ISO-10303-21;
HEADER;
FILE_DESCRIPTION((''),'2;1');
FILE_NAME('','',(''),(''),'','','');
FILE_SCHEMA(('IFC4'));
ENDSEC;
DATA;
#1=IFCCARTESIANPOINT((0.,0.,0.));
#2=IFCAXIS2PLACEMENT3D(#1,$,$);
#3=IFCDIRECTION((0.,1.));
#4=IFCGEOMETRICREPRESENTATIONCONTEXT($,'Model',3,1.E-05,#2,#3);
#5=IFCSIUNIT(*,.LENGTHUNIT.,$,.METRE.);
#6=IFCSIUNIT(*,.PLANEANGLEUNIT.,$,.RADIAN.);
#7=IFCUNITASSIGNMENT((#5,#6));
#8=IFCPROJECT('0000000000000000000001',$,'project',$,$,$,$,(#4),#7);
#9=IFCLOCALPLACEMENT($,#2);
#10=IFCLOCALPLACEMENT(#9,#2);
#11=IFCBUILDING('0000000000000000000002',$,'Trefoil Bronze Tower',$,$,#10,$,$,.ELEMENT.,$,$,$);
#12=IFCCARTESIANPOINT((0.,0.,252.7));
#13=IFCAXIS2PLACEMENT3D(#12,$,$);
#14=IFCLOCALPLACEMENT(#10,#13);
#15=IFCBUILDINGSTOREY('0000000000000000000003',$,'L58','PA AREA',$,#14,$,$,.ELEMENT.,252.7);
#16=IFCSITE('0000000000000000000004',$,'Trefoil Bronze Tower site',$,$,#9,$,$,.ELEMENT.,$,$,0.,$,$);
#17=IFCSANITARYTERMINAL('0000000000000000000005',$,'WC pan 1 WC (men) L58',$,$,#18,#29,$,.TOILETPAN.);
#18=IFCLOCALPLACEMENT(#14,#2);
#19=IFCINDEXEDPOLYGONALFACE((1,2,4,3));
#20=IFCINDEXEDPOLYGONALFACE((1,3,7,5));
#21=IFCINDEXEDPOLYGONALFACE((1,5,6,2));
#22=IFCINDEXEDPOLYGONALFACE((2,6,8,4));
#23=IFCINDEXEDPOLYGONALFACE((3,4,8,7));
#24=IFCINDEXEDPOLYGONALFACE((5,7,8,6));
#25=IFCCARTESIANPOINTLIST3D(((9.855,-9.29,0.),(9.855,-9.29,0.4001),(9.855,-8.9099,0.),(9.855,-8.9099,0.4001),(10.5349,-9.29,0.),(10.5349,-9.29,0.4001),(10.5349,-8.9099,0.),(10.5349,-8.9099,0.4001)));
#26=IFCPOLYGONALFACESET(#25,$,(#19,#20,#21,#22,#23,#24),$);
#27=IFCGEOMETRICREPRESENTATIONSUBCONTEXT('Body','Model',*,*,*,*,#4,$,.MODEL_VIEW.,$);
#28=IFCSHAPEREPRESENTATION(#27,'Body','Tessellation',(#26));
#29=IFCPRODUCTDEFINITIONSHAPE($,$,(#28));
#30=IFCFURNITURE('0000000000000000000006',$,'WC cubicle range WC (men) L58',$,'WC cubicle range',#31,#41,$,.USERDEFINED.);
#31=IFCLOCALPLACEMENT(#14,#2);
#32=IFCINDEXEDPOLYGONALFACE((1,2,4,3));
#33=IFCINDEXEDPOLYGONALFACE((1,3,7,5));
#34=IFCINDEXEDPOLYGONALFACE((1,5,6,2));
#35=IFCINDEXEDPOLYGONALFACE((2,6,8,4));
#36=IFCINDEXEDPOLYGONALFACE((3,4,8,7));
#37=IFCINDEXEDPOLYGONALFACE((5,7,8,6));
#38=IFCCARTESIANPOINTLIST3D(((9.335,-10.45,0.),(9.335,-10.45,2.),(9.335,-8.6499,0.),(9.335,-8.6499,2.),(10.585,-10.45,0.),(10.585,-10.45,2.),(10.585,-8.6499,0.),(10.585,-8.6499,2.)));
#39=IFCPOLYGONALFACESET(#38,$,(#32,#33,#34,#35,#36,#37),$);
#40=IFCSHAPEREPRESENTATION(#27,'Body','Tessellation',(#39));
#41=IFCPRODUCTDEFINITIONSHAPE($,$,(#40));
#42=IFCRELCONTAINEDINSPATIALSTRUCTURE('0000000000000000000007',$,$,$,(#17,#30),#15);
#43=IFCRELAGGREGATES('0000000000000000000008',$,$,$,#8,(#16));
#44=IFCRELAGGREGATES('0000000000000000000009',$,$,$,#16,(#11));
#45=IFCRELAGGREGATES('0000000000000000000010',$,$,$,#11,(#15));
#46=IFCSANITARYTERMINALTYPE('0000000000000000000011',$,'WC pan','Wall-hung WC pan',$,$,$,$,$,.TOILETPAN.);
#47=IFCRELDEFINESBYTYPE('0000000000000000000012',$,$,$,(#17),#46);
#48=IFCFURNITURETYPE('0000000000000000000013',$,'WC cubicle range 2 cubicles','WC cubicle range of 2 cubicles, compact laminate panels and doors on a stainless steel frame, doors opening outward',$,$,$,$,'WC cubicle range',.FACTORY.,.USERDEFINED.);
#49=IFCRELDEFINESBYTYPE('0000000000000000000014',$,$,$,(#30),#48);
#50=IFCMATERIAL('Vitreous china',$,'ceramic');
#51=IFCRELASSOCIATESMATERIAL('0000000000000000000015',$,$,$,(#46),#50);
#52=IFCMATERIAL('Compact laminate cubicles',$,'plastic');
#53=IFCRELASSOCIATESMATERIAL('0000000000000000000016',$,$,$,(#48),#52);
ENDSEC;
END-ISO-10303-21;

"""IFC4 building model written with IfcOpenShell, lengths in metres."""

from ifc_helpers import new_model, si_unit, direction, frame, origin, place, context, subcontext, project, spatial, polyline, outline, extrude, material, type_object, element, save


model = new_model("IFC4")

# Units and contexts
model_context = context("Model", 3, precision=1e-05, world=origin(), true_north=direction((0.0, 1.0)))
body_context = subcontext(model_context, "Body", "Model", "MODEL_VIEW")
ifc_project = project(units=[si_unit("LENGTHUNIT", "METRE"), si_unit("PLANEANGLEUNIT", "RADIAN")], contexts=[model_context])

# Site, building, storey
site_placement = place(None, origin())
site = spatial("IfcSite", under=ifc_project, at=site_placement, Name="Trefoil Bronze Tower site", CompositionType="ELEMENT", RefElevation=0.0)
building_placement = place(site_placement, origin())
building = spatial("IfcBuilding", under=site, at=building_placement, Name="Trefoil Bronze Tower", CompositionType="ELEMENT")
storey_placement = place(building_placement, frame((0.0, 0.0, 252.7)))
storey = spatial("IfcBuildingStorey", under=building, at=storey_placement, Name="L58", Description="PA AREA", CompositionType="ELEMENT", Elevation=252.7)

# Sanitary terminal
ifc_material_1 = material(Name="Vitreous china", Category="ceramic")
sanitary_terminal_type = type_object("IfcSanitaryTerminalType", Name="WC pan", Description="Wall-hung WC pan", PredefinedType="TOILETPAN", material=ifc_material_1)
sanitary_terminal_placement = place(storey_placement, origin())
element("IfcSanitaryTerminal", 1, at=sanitary_terminal_placement, inside=storey, type_object=sanitary_terminal_type, Name="WC pan 1 WC (men) L58", PredefinedType="TOILETPAN", context=body_context, shape_type="SweptSolid", body=[
    extrude(outline(polyline([(9.855, -8.9099), (10.5349, -8.9099), (10.5349, -9.29), (9.855, -9.29), (9.855, -8.9099)])), origin(), (0.0, 0.0, 1.0), 0.4001),
])

# Furniture
ifc_material_2 = material(Name="Compact laminate cubicles", Category="plastic")
furniture_type = type_object("IfcFurnitureType", Name="WC cubicle range 2 cubicles", Description="WC cubicle range of 2 cubicles, compact laminate panels and doors on a stainless steel frame, doors opening outward", ElementType="WC cubicle range", AssemblyPlace="FACTORY", PredefinedType="USERDEFINED", material=ifc_material_2)
furniture_placement = place(storey_placement, origin())
element("IfcFurniture", 2, at=furniture_placement, inside=storey, type_object=furniture_type, Name="WC cubicle range WC (men) L58", ObjectType="WC cubicle range", PredefinedType="USERDEFINED", context=body_context, shape_type="SweptSolid", body=[
    extrude(outline(polyline([(9.335, -8.6499), (10.585, -8.6499), (10.585, -10.45), (9.335, -10.45), (9.335, -8.6499)])), origin(), (0.0, 0.0, 1.0), 2.0),
])

save(model, "model.ifc")
